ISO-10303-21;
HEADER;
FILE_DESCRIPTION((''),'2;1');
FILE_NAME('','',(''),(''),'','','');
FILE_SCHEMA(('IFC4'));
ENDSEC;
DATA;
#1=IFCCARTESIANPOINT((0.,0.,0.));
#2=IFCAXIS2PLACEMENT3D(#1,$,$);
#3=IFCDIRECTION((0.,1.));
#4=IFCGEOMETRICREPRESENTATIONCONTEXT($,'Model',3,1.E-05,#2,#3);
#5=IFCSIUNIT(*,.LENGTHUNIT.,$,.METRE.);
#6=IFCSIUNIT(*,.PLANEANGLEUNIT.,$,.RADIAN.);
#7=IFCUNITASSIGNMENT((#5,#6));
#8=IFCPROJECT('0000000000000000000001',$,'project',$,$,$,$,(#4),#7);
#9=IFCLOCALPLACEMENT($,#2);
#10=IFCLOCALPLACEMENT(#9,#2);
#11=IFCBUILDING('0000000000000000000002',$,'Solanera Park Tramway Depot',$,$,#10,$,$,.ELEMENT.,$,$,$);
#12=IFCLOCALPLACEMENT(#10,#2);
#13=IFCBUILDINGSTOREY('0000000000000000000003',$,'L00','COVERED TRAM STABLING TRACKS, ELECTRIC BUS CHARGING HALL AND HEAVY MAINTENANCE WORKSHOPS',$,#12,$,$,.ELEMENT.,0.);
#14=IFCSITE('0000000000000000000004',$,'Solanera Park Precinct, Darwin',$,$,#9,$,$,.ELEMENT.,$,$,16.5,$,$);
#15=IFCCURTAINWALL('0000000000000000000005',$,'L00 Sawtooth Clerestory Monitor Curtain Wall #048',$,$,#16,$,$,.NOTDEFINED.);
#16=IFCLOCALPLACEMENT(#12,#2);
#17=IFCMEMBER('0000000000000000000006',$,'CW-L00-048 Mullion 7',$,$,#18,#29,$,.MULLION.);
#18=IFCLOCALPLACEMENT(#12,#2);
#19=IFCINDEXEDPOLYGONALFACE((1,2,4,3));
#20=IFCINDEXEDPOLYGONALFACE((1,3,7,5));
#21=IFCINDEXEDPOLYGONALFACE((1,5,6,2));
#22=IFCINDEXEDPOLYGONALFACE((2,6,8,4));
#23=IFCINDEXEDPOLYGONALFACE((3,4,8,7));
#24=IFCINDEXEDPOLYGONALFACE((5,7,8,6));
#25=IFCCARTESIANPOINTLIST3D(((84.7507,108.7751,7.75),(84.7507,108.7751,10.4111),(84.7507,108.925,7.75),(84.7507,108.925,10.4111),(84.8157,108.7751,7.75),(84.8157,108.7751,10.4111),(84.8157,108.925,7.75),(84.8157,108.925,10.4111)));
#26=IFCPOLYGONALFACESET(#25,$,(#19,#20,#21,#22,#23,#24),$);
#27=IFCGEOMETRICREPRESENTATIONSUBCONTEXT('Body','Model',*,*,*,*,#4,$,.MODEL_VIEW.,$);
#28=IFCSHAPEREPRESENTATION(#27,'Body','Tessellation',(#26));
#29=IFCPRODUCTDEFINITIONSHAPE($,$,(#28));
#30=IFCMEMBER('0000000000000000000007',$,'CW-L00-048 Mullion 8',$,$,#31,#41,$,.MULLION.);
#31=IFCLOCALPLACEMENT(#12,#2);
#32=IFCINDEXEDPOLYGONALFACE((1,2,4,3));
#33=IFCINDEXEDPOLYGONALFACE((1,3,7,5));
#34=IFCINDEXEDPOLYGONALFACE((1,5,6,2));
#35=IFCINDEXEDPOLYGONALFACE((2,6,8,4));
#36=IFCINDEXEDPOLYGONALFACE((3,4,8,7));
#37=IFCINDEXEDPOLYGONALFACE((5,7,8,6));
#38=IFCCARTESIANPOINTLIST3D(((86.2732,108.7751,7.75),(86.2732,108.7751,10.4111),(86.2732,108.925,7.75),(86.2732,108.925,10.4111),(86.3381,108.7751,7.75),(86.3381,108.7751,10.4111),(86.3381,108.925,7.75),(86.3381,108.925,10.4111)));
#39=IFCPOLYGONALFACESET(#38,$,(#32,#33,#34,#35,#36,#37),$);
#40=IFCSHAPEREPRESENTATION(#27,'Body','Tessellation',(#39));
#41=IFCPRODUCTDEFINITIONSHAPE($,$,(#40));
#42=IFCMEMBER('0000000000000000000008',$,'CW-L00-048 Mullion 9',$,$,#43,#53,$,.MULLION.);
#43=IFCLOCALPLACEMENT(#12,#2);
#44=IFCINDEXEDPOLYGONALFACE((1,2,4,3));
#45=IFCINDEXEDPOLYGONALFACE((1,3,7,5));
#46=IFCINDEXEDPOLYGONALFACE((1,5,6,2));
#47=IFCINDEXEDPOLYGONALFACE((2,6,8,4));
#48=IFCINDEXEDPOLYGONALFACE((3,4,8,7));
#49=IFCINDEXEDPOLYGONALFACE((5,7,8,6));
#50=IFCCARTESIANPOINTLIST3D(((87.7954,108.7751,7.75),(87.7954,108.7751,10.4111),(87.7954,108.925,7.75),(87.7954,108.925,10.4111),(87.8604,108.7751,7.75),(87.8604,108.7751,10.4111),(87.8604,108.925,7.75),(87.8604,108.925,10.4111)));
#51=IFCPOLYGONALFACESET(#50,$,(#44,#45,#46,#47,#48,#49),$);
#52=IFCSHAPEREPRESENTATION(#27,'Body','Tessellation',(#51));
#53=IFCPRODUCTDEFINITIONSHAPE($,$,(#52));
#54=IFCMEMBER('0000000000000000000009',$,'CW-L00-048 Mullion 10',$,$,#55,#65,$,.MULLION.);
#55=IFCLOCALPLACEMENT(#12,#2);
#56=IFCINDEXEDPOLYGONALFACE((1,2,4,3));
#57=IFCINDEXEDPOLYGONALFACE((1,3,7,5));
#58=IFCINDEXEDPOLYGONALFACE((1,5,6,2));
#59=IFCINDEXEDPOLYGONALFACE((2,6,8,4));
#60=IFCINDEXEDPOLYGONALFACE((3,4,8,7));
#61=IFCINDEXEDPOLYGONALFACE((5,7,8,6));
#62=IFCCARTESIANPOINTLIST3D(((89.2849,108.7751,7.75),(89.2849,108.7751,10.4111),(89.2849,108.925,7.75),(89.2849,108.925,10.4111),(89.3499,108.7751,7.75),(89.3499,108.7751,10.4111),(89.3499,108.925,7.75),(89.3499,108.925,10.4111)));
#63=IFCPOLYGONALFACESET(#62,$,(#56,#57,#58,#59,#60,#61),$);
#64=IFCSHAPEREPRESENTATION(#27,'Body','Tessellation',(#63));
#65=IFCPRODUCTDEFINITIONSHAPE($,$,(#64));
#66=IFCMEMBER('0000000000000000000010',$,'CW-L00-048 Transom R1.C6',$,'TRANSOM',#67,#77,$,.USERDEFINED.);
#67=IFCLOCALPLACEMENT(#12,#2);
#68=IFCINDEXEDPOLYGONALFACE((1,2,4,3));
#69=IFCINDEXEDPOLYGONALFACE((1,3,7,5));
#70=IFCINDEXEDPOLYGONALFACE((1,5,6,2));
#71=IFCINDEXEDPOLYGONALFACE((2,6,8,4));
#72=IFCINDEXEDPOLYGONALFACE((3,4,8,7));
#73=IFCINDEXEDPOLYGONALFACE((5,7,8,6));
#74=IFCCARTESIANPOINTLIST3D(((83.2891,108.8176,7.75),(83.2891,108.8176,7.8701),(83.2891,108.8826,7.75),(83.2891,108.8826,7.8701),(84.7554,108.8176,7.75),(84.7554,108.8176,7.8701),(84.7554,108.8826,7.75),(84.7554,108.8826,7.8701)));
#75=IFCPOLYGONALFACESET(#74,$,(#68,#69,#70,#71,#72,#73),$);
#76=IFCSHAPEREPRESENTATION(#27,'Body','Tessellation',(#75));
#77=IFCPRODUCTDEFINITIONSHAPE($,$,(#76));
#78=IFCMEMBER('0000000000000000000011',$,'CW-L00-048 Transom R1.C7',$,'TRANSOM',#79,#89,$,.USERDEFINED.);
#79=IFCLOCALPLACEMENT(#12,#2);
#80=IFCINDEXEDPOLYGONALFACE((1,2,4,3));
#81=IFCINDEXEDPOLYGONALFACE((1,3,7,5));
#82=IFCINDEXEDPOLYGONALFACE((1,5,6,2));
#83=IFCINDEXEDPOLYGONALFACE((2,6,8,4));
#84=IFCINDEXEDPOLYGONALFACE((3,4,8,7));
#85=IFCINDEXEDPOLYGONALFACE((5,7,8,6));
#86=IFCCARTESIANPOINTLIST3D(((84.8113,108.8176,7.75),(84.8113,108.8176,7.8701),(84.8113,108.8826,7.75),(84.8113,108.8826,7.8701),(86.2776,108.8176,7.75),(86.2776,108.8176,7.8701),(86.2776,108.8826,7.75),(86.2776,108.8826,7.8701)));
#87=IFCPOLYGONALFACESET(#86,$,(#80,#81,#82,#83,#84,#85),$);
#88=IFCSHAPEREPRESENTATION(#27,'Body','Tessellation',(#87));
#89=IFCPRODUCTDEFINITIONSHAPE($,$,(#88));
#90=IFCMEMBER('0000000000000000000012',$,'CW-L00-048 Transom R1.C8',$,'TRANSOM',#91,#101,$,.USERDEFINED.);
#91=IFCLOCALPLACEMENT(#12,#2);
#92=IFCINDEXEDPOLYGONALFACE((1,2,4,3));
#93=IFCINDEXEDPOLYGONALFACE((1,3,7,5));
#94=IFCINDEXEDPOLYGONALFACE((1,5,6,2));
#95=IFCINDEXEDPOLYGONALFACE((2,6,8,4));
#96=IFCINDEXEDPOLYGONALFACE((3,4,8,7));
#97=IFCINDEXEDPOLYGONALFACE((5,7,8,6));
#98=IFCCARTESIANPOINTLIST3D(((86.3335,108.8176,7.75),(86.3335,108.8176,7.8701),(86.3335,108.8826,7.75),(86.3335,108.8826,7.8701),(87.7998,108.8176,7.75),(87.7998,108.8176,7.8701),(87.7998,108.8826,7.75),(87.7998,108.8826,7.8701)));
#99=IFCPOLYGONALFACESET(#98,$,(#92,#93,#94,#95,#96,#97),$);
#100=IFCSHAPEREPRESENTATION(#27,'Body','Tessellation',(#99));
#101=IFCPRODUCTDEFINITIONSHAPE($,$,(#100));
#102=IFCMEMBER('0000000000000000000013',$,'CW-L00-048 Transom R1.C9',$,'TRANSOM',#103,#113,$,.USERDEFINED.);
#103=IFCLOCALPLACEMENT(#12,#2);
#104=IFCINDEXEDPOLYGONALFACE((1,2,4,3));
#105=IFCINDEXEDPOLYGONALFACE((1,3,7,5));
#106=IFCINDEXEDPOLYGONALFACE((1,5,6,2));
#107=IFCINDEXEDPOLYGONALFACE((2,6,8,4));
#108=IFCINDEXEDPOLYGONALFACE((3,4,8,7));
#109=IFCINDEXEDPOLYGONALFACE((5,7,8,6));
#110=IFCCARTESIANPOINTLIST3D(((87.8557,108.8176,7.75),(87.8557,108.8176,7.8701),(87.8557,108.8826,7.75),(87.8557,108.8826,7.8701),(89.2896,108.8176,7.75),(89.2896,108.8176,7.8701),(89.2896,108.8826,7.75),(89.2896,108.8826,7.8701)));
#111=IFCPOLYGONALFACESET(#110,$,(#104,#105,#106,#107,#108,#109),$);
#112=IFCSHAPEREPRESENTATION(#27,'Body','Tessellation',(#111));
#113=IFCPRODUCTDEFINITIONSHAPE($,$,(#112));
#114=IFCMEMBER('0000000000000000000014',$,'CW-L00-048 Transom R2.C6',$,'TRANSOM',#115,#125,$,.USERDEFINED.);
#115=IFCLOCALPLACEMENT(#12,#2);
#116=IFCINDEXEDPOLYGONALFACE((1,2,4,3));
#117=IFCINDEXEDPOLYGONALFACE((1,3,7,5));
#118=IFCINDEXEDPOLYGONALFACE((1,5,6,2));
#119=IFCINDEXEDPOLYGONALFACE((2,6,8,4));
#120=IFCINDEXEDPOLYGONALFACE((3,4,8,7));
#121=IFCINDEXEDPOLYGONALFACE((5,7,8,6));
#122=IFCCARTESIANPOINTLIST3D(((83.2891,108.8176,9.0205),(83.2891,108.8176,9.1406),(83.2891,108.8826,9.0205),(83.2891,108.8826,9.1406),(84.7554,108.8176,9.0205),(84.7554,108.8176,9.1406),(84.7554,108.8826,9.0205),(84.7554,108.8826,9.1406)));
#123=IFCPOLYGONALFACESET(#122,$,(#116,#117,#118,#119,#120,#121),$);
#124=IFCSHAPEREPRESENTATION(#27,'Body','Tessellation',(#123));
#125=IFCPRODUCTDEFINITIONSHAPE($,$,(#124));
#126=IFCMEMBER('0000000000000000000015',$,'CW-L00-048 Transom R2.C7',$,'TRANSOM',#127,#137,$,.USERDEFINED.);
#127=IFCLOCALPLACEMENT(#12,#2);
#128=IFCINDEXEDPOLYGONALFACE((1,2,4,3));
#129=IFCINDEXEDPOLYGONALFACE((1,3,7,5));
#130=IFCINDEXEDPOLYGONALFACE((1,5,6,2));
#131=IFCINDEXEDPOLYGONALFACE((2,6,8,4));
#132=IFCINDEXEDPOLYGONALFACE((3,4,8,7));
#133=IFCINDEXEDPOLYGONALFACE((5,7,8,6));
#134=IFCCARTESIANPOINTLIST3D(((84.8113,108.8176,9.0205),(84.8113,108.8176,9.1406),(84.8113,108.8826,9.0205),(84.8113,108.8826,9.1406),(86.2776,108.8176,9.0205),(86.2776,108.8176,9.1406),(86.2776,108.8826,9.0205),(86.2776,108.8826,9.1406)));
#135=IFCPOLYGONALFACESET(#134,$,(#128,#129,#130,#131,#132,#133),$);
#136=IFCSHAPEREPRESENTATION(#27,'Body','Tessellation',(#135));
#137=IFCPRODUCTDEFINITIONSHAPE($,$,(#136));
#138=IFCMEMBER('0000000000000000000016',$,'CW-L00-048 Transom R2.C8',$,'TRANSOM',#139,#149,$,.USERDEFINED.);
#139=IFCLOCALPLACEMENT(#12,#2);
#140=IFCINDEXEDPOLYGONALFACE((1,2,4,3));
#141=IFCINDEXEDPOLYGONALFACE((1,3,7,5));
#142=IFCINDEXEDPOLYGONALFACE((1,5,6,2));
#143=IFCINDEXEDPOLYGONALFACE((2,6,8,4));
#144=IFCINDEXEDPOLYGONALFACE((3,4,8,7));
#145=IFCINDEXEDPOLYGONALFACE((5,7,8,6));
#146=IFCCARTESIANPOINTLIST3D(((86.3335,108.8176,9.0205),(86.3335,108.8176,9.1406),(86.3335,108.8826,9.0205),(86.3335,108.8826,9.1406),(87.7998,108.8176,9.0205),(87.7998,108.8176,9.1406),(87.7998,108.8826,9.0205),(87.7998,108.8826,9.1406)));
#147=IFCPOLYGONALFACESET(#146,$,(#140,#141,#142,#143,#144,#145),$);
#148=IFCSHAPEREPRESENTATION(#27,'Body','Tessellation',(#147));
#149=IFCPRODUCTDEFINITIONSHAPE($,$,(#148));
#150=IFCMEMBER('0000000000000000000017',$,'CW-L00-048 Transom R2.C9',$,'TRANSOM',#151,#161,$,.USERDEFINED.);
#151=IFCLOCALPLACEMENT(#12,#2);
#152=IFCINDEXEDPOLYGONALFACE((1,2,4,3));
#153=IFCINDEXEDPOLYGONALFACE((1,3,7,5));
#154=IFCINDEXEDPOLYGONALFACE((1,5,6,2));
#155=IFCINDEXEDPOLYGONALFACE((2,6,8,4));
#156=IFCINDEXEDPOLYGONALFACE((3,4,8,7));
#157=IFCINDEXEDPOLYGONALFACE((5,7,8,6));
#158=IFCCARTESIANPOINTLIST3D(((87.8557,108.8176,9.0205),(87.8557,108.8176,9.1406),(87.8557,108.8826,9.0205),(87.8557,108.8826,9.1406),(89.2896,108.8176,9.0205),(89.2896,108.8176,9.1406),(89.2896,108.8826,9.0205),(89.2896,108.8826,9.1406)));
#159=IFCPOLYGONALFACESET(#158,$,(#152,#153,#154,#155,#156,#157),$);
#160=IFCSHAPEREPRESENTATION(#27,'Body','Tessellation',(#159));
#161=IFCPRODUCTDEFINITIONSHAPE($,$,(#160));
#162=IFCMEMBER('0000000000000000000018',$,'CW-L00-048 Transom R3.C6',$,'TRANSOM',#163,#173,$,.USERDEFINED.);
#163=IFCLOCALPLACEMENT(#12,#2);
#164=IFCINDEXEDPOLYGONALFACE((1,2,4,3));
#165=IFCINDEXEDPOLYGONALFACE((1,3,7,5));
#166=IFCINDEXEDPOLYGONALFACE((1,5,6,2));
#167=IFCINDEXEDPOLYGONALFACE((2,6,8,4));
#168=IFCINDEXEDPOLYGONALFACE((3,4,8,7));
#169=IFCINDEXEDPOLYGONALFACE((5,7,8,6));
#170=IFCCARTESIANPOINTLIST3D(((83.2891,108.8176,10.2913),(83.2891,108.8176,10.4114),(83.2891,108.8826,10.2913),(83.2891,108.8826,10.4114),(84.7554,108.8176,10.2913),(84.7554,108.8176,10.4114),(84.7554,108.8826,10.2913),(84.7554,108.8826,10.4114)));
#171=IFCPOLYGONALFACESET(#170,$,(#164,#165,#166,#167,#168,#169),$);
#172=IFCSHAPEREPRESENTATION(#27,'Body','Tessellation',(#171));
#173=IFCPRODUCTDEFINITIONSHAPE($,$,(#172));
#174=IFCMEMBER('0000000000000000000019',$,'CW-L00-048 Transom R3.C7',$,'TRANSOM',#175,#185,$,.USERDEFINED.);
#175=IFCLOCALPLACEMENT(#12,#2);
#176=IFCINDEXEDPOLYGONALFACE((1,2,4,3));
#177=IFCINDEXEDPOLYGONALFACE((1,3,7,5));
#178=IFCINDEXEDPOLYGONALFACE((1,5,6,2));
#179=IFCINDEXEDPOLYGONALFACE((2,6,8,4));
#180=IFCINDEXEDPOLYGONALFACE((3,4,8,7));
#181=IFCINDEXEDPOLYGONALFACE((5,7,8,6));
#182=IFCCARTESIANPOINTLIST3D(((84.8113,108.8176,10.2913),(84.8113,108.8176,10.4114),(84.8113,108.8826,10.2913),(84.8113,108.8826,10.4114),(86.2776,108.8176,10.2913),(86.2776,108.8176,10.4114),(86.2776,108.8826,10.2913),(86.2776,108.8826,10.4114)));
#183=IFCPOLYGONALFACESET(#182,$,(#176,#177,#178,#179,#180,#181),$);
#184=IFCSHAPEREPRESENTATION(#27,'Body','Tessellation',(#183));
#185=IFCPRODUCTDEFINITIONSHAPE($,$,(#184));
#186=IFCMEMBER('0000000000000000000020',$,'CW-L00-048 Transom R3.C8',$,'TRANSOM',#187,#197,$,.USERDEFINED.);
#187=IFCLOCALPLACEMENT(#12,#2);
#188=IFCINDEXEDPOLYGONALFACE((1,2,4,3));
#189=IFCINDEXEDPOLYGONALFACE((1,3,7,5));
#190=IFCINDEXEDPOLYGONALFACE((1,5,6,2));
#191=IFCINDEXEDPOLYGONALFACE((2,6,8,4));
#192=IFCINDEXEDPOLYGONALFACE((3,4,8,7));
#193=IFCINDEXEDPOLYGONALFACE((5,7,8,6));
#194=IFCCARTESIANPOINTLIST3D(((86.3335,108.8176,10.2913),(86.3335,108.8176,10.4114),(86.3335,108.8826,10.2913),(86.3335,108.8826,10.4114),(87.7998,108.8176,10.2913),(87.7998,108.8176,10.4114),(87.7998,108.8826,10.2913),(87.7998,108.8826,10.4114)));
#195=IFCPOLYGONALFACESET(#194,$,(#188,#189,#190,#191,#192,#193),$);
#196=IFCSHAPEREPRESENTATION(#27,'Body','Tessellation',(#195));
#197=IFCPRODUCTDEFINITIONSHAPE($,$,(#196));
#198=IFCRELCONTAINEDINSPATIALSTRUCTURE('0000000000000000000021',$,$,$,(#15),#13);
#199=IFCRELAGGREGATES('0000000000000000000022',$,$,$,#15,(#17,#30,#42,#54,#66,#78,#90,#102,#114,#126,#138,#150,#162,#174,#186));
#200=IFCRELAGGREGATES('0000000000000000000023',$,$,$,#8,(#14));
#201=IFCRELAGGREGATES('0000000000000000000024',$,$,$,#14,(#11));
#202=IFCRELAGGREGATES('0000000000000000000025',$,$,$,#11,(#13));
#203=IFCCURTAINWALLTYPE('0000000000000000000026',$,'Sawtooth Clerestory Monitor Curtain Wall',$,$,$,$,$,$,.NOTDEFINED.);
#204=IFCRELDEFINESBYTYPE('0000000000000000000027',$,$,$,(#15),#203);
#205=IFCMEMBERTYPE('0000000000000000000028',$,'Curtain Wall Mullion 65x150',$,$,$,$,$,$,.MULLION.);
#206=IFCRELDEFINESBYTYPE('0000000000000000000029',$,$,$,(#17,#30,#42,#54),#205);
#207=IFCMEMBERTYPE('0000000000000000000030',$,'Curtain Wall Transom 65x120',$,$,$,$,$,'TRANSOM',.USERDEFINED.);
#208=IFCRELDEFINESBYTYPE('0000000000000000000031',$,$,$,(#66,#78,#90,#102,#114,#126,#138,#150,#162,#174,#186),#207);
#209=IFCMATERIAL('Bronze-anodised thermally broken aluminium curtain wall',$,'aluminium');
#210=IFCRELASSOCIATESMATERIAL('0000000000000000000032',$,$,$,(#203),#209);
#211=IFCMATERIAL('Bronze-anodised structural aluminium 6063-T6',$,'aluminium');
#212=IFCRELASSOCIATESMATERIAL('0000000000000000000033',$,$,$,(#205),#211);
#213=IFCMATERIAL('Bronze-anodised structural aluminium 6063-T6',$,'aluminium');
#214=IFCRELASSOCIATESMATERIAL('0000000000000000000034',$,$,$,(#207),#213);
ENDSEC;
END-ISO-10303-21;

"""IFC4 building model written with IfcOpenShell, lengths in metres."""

from ifc_helpers import new_model, si_unit, direction, frame, origin, origin_2d, place, context, subcontext, project, spatial, rectangle, extrude, material, material_profile, profile_set, type_object, element, aggregate, save


model = new_model("IFC4")

# Units and contexts
model_context = context("Model", 3, precision=1e-05, world=origin(), true_north=direction((0.0, 1.0)))
body_context = subcontext(model_context, "Body", "Model", "MODEL_VIEW")
ifc_project = project(units=[si_unit("LENGTHUNIT", "METRE"), si_unit("PLANEANGLEUNIT", "RADIAN")], contexts=[model_context])

# Site, building, storey
site_placement = place(None, origin())
site = spatial("IfcSite", under=ifc_project, at=site_placement, Name="Solanera Park Precinct, Darwin", CompositionType="ELEMENT", RefElevation=16.5)
building_placement = place(site_placement, origin())
building = spatial("IfcBuilding", under=site, at=building_placement, Name="Solanera Park Tramway Depot", CompositionType="ELEMENT")
storey_placement = place(building_placement, origin())
storey = spatial("IfcBuildingStorey", under=building, at=storey_placement, Name="L00", Description="COVERED TRAM STABLING TRACKS, ELECTRIC BUS CHARGING HALL AND HEAVY MAINTENANCE WORKSHOPS", CompositionType="ELEMENT", Elevation=0.0)

# Curtain wall, members
ifc_material_1 = material(Name="Bronze-anodised thermally broken aluminium curtain wall", Category="aluminium")
curtain_wall_type = type_object("IfcCurtainWallType", Name="Sawtooth Clerestory Monitor Curtain Wall", PredefinedType="NOTDEFINED", material=ifc_material_1)
curtain_wall_placement = place(storey_placement, origin())
curtain_wall = element("IfcCurtainWall", 1, at=curtain_wall_placement, inside=storey, type_object=curtain_wall_type, Name="L00 Sawtooth Clerestory Monitor Curtain Wall #048", PredefinedType="NOTDEFINED")
ifc_material_2 = material(Name="Bronze-anodised structural aluminium 6063-T6", Category="aluminium")
ifc_material_profile_1 = material_profile(ifc_material_2, rectangle(XDim=0.0649, YDim=0.1499, at=origin_2d()), Name="Curtain Wall Mullion 65x150")
ifc_profile_set_1 = profile_set([ifc_material_profile_1], Name="Bronze-anodised structural aluminium 6063-T6")
member_type_1 = type_object("IfcMemberType", Name="Curtain Wall Mullion 65x150", PredefinedType="MULLION", material=ifc_profile_set_1)
member_1_placement = place(storey_placement, frame((84.7832, 108.8501, 7.75), z_axis=(0.0, 0.0, 1.0), x_axis=(1.0, 0.0, 0.0)))
member_1 = element("IfcMember", 2, at=member_1_placement, type_object=member_type_1, Name="CW-L00-048 Mullion 7", PredefinedType="MULLION", context=body_context, shape_type="SweptSolid", body=[
    extrude(rectangle(XDim=0.0649, YDim=0.1499, at=origin_2d()), origin(), (0.0, 0.0, 1.0), 2.6611),
])
member_2_placement = place(storey_placement, frame((86.3057, 108.8501, 7.75), z_axis=(0.0, 0.0, 1.0), x_axis=(1.0, 0.0, 0.0)))
member_2 = element("IfcMember", 3, at=member_2_placement, type_object=member_type_1, Name="CW-L00-048 Mullion 8", PredefinedType="MULLION", context=body_context, shape_type="SweptSolid", body=[
    extrude(rectangle(XDim=0.0649, YDim=0.1499, at=origin_2d()), origin(), (0.0, 0.0, 1.0), 2.6611),
])
member_3_placement = place(storey_placement, frame((87.8279, 108.8501, 7.75), z_axis=(0.0, 0.0, 1.0), x_axis=(1.0, 0.0, 0.0)))
member_3 = element("IfcMember", 4, at=member_3_placement, type_object=member_type_1, Name="CW-L00-048 Mullion 9", PredefinedType="MULLION", context=body_context, shape_type="SweptSolid", body=[
    extrude(rectangle(XDim=0.0649, YDim=0.1499, at=origin_2d()), origin(), (0.0, 0.0, 1.0), 2.6611),
])
member_4_placement = place(storey_placement, frame((89.3174, 108.8501, 7.75), z_axis=(0.0, 0.0, 1.0), x_axis=(1.0, 0.0, 0.0)))
member_4 = element("IfcMember", 5, at=member_4_placement, type_object=member_type_1, Name="CW-L00-048 Mullion 10", PredefinedType="MULLION", context=body_context, shape_type="SweptSolid", body=[
    extrude(rectangle(XDim=0.0649, YDim=0.1499, at=origin_2d()), origin(), (0.0, 0.0, 1.0), 2.6611),
])
ifc_material_3 = material(Name="Bronze-anodised structural aluminium 6063-T6", Category="aluminium")
ifc_material_profile_2 = material_profile(ifc_material_3, rectangle(XDim=0.0649, YDim=0.1201, at=origin_2d()), Name="Curtain Wall Transom 65x120")
ifc_profile_set_2 = profile_set([ifc_material_profile_2], Name="Bronze-anodised structural aluminium 6063-T6")
member_type_2 = type_object("IfcMemberType", Name="Curtain Wall Transom 65x120", ElementType="TRANSOM", PredefinedType="USERDEFINED", material=ifc_profile_set_2)
member_5_placement = place(storey_placement, frame((83.2891, 108.8501, 7.8101), z_axis=(1.0, 0.0, 0.0), x_axis=(0.0, 1.0, 0.0)))
member_5 = element("IfcMember", 6, at=member_5_placement, type_object=member_type_2, Name="CW-L00-048 Transom R1.C6", ObjectType="TRANSOM", PredefinedType="USERDEFINED", context=body_context, shape_type="SweptSolid", body=[
    extrude(rectangle(XDim=0.0649, YDim=0.1201, at=origin_2d()), origin(), (0.0, 0.0, 1.0), 1.4663),
])
member_6_placement = place(storey_placement, frame((84.8113, 108.8501, 7.8101), z_axis=(1.0, 0.0, 0.0), x_axis=(0.0, 1.0, 0.0)))
member_6 = element("IfcMember", 7, at=member_6_placement, type_object=member_type_2, Name="CW-L00-048 Transom R1.C7", ObjectType="TRANSOM", PredefinedType="USERDEFINED", context=body_context, shape_type="SweptSolid", body=[
    extrude(rectangle(XDim=0.0649, YDim=0.1201, at=origin_2d()), origin(), (0.0, 0.0, 1.0), 1.4663),
])
member_7_placement = place(storey_placement, frame((86.3335, 108.8501, 7.8101), z_axis=(1.0, 0.0, 0.0), x_axis=(0.0, 1.0, 0.0)))
member_7 = element("IfcMember", 8, at=member_7_placement, type_object=member_type_2, Name="CW-L00-048 Transom R1.C8", ObjectType="TRANSOM", PredefinedType="USERDEFINED", context=body_context, shape_type="SweptSolid", body=[
    extrude(rectangle(XDim=0.0649, YDim=0.1201, at=origin_2d()), origin(), (0.0, 0.0, 1.0), 1.4663),
])
member_8_placement = place(storey_placement, frame((87.8557, 108.8501, 7.8101), z_axis=(1.0, 0.0, 0.0), x_axis=(0.0, 1.0, 0.0)))
member_8 = element("IfcMember", 9, at=member_8_placement, type_object=member_type_2, Name="CW-L00-048 Transom R1.C9", ObjectType="TRANSOM", PredefinedType="USERDEFINED", context=body_context, shape_type="SweptSolid", body=[
    extrude(rectangle(XDim=0.0649, YDim=0.1201, at=origin_2d()), origin(), (0.0, 0.0, 1.0), 1.4338),
])
member_9_placement = place(storey_placement, frame((83.2891, 108.8501, 9.0806), z_axis=(1.0, 0.0, 0.0), x_axis=(0.0, 1.0, 0.0)))
member_9 = element("IfcMember", 10, at=member_9_placement, type_object=member_type_2, Name="CW-L00-048 Transom R2.C6", ObjectType="TRANSOM", PredefinedType="USERDEFINED", context=body_context, shape_type="SweptSolid", body=[
    extrude(rectangle(XDim=0.0649, YDim=0.1201, at=origin_2d()), origin(), (0.0, 0.0, 1.0), 1.4663),
])
member_10_placement = place(storey_placement, frame((84.8113, 108.8501, 9.0806), z_axis=(1.0, 0.0, 0.0), x_axis=(0.0, 1.0, 0.0)))
member_10 = element("IfcMember", 11, at=member_10_placement, type_object=member_type_2, Name="CW-L00-048 Transom R2.C7", ObjectType="TRANSOM", PredefinedType="USERDEFINED", context=body_context, shape_type="SweptSolid", body=[
    extrude(rectangle(XDim=0.0649, YDim=0.1201, at=origin_2d()), origin(), (0.0, 0.0, 1.0), 1.4663),
])
member_11_placement = place(storey_placement, frame((86.3335, 108.8501, 9.0806), z_axis=(1.0, 0.0, 0.0), x_axis=(0.0, 1.0, 0.0)))
member_11 = element("IfcMember", 12, at=member_11_placement, type_object=member_type_2, Name="CW-L00-048 Transom R2.C8", ObjectType="TRANSOM", PredefinedType="USERDEFINED", context=body_context, shape_type="SweptSolid", body=[
    extrude(rectangle(XDim=0.0649, YDim=0.1201, at=origin_2d()), origin(), (0.0, 0.0, 1.0), 1.4663),
])
member_12_placement = place(storey_placement, frame((87.8557, 108.8501, 9.0806), z_axis=(1.0, 0.0, 0.0), x_axis=(0.0, 1.0, 0.0)))
member_12 = element("IfcMember", 13, at=member_12_placement, type_object=member_type_2, Name="CW-L00-048 Transom R2.C9", ObjectType="TRANSOM", PredefinedType="USERDEFINED", context=body_context, shape_type="SweptSolid", body=[
    extrude(rectangle(XDim=0.0649, YDim=0.1201, at=origin_2d()), origin(), (0.0, 0.0, 1.0), 1.4338),
])
member_13_placement = place(storey_placement, frame((83.2891, 108.8501, 10.3513), z_axis=(1.0, 0.0, 0.0), x_axis=(0.0, 1.0, 0.0)))
member_13 = element("IfcMember", 14, at=member_13_placement, type_object=member_type_2, Name="CW-L00-048 Transom R3.C6", ObjectType="TRANSOM", PredefinedType="USERDEFINED", context=body_context, shape_type="SweptSolid", body=[
    extrude(rectangle(XDim=0.0649, YDim=0.1201, at=origin_2d()), origin(), (0.0, 0.0, 1.0), 1.4663),
])
member_14_placement = place(storey_placement, frame((84.8113, 108.8501, 10.3513), z_axis=(1.0, 0.0, 0.0), x_axis=(0.0, 1.0, 0.0)))
member_14 = element("IfcMember", 15, at=member_14_placement, type_object=member_type_2, Name="CW-L00-048 Transom R3.C7", ObjectType="TRANSOM", PredefinedType="USERDEFINED", context=body_context, shape_type="SweptSolid", body=[
    extrude(rectangle(XDim=0.0649, YDim=0.1201, at=origin_2d()), origin(), (0.0, 0.0, 1.0), 1.4663),
])
member_15_placement = place(storey_placement, frame((86.3335, 108.8501, 10.3513), z_axis=(1.0, 0.0, 0.0), x_axis=(0.0, 1.0, 0.0)))
member_15 = element("IfcMember", 16, at=member_15_placement, type_object=member_type_2, Name="CW-L00-048 Transom R3.C8", ObjectType="TRANSOM", PredefinedType="USERDEFINED", context=body_context, shape_type="SweptSolid", body=[
    extrude(rectangle(XDim=0.0649, YDim=0.1201, at=origin_2d()), origin(), (0.0, 0.0, 1.0), 1.4663),
])

aggregate(curtain_wall, [member_1, member_2, member_3, member_4, member_5, member_6, member_7, member_8, member_9, member_10, member_11, member_12, member_13, member_14, member_15])

save(model, "model.ifc")
